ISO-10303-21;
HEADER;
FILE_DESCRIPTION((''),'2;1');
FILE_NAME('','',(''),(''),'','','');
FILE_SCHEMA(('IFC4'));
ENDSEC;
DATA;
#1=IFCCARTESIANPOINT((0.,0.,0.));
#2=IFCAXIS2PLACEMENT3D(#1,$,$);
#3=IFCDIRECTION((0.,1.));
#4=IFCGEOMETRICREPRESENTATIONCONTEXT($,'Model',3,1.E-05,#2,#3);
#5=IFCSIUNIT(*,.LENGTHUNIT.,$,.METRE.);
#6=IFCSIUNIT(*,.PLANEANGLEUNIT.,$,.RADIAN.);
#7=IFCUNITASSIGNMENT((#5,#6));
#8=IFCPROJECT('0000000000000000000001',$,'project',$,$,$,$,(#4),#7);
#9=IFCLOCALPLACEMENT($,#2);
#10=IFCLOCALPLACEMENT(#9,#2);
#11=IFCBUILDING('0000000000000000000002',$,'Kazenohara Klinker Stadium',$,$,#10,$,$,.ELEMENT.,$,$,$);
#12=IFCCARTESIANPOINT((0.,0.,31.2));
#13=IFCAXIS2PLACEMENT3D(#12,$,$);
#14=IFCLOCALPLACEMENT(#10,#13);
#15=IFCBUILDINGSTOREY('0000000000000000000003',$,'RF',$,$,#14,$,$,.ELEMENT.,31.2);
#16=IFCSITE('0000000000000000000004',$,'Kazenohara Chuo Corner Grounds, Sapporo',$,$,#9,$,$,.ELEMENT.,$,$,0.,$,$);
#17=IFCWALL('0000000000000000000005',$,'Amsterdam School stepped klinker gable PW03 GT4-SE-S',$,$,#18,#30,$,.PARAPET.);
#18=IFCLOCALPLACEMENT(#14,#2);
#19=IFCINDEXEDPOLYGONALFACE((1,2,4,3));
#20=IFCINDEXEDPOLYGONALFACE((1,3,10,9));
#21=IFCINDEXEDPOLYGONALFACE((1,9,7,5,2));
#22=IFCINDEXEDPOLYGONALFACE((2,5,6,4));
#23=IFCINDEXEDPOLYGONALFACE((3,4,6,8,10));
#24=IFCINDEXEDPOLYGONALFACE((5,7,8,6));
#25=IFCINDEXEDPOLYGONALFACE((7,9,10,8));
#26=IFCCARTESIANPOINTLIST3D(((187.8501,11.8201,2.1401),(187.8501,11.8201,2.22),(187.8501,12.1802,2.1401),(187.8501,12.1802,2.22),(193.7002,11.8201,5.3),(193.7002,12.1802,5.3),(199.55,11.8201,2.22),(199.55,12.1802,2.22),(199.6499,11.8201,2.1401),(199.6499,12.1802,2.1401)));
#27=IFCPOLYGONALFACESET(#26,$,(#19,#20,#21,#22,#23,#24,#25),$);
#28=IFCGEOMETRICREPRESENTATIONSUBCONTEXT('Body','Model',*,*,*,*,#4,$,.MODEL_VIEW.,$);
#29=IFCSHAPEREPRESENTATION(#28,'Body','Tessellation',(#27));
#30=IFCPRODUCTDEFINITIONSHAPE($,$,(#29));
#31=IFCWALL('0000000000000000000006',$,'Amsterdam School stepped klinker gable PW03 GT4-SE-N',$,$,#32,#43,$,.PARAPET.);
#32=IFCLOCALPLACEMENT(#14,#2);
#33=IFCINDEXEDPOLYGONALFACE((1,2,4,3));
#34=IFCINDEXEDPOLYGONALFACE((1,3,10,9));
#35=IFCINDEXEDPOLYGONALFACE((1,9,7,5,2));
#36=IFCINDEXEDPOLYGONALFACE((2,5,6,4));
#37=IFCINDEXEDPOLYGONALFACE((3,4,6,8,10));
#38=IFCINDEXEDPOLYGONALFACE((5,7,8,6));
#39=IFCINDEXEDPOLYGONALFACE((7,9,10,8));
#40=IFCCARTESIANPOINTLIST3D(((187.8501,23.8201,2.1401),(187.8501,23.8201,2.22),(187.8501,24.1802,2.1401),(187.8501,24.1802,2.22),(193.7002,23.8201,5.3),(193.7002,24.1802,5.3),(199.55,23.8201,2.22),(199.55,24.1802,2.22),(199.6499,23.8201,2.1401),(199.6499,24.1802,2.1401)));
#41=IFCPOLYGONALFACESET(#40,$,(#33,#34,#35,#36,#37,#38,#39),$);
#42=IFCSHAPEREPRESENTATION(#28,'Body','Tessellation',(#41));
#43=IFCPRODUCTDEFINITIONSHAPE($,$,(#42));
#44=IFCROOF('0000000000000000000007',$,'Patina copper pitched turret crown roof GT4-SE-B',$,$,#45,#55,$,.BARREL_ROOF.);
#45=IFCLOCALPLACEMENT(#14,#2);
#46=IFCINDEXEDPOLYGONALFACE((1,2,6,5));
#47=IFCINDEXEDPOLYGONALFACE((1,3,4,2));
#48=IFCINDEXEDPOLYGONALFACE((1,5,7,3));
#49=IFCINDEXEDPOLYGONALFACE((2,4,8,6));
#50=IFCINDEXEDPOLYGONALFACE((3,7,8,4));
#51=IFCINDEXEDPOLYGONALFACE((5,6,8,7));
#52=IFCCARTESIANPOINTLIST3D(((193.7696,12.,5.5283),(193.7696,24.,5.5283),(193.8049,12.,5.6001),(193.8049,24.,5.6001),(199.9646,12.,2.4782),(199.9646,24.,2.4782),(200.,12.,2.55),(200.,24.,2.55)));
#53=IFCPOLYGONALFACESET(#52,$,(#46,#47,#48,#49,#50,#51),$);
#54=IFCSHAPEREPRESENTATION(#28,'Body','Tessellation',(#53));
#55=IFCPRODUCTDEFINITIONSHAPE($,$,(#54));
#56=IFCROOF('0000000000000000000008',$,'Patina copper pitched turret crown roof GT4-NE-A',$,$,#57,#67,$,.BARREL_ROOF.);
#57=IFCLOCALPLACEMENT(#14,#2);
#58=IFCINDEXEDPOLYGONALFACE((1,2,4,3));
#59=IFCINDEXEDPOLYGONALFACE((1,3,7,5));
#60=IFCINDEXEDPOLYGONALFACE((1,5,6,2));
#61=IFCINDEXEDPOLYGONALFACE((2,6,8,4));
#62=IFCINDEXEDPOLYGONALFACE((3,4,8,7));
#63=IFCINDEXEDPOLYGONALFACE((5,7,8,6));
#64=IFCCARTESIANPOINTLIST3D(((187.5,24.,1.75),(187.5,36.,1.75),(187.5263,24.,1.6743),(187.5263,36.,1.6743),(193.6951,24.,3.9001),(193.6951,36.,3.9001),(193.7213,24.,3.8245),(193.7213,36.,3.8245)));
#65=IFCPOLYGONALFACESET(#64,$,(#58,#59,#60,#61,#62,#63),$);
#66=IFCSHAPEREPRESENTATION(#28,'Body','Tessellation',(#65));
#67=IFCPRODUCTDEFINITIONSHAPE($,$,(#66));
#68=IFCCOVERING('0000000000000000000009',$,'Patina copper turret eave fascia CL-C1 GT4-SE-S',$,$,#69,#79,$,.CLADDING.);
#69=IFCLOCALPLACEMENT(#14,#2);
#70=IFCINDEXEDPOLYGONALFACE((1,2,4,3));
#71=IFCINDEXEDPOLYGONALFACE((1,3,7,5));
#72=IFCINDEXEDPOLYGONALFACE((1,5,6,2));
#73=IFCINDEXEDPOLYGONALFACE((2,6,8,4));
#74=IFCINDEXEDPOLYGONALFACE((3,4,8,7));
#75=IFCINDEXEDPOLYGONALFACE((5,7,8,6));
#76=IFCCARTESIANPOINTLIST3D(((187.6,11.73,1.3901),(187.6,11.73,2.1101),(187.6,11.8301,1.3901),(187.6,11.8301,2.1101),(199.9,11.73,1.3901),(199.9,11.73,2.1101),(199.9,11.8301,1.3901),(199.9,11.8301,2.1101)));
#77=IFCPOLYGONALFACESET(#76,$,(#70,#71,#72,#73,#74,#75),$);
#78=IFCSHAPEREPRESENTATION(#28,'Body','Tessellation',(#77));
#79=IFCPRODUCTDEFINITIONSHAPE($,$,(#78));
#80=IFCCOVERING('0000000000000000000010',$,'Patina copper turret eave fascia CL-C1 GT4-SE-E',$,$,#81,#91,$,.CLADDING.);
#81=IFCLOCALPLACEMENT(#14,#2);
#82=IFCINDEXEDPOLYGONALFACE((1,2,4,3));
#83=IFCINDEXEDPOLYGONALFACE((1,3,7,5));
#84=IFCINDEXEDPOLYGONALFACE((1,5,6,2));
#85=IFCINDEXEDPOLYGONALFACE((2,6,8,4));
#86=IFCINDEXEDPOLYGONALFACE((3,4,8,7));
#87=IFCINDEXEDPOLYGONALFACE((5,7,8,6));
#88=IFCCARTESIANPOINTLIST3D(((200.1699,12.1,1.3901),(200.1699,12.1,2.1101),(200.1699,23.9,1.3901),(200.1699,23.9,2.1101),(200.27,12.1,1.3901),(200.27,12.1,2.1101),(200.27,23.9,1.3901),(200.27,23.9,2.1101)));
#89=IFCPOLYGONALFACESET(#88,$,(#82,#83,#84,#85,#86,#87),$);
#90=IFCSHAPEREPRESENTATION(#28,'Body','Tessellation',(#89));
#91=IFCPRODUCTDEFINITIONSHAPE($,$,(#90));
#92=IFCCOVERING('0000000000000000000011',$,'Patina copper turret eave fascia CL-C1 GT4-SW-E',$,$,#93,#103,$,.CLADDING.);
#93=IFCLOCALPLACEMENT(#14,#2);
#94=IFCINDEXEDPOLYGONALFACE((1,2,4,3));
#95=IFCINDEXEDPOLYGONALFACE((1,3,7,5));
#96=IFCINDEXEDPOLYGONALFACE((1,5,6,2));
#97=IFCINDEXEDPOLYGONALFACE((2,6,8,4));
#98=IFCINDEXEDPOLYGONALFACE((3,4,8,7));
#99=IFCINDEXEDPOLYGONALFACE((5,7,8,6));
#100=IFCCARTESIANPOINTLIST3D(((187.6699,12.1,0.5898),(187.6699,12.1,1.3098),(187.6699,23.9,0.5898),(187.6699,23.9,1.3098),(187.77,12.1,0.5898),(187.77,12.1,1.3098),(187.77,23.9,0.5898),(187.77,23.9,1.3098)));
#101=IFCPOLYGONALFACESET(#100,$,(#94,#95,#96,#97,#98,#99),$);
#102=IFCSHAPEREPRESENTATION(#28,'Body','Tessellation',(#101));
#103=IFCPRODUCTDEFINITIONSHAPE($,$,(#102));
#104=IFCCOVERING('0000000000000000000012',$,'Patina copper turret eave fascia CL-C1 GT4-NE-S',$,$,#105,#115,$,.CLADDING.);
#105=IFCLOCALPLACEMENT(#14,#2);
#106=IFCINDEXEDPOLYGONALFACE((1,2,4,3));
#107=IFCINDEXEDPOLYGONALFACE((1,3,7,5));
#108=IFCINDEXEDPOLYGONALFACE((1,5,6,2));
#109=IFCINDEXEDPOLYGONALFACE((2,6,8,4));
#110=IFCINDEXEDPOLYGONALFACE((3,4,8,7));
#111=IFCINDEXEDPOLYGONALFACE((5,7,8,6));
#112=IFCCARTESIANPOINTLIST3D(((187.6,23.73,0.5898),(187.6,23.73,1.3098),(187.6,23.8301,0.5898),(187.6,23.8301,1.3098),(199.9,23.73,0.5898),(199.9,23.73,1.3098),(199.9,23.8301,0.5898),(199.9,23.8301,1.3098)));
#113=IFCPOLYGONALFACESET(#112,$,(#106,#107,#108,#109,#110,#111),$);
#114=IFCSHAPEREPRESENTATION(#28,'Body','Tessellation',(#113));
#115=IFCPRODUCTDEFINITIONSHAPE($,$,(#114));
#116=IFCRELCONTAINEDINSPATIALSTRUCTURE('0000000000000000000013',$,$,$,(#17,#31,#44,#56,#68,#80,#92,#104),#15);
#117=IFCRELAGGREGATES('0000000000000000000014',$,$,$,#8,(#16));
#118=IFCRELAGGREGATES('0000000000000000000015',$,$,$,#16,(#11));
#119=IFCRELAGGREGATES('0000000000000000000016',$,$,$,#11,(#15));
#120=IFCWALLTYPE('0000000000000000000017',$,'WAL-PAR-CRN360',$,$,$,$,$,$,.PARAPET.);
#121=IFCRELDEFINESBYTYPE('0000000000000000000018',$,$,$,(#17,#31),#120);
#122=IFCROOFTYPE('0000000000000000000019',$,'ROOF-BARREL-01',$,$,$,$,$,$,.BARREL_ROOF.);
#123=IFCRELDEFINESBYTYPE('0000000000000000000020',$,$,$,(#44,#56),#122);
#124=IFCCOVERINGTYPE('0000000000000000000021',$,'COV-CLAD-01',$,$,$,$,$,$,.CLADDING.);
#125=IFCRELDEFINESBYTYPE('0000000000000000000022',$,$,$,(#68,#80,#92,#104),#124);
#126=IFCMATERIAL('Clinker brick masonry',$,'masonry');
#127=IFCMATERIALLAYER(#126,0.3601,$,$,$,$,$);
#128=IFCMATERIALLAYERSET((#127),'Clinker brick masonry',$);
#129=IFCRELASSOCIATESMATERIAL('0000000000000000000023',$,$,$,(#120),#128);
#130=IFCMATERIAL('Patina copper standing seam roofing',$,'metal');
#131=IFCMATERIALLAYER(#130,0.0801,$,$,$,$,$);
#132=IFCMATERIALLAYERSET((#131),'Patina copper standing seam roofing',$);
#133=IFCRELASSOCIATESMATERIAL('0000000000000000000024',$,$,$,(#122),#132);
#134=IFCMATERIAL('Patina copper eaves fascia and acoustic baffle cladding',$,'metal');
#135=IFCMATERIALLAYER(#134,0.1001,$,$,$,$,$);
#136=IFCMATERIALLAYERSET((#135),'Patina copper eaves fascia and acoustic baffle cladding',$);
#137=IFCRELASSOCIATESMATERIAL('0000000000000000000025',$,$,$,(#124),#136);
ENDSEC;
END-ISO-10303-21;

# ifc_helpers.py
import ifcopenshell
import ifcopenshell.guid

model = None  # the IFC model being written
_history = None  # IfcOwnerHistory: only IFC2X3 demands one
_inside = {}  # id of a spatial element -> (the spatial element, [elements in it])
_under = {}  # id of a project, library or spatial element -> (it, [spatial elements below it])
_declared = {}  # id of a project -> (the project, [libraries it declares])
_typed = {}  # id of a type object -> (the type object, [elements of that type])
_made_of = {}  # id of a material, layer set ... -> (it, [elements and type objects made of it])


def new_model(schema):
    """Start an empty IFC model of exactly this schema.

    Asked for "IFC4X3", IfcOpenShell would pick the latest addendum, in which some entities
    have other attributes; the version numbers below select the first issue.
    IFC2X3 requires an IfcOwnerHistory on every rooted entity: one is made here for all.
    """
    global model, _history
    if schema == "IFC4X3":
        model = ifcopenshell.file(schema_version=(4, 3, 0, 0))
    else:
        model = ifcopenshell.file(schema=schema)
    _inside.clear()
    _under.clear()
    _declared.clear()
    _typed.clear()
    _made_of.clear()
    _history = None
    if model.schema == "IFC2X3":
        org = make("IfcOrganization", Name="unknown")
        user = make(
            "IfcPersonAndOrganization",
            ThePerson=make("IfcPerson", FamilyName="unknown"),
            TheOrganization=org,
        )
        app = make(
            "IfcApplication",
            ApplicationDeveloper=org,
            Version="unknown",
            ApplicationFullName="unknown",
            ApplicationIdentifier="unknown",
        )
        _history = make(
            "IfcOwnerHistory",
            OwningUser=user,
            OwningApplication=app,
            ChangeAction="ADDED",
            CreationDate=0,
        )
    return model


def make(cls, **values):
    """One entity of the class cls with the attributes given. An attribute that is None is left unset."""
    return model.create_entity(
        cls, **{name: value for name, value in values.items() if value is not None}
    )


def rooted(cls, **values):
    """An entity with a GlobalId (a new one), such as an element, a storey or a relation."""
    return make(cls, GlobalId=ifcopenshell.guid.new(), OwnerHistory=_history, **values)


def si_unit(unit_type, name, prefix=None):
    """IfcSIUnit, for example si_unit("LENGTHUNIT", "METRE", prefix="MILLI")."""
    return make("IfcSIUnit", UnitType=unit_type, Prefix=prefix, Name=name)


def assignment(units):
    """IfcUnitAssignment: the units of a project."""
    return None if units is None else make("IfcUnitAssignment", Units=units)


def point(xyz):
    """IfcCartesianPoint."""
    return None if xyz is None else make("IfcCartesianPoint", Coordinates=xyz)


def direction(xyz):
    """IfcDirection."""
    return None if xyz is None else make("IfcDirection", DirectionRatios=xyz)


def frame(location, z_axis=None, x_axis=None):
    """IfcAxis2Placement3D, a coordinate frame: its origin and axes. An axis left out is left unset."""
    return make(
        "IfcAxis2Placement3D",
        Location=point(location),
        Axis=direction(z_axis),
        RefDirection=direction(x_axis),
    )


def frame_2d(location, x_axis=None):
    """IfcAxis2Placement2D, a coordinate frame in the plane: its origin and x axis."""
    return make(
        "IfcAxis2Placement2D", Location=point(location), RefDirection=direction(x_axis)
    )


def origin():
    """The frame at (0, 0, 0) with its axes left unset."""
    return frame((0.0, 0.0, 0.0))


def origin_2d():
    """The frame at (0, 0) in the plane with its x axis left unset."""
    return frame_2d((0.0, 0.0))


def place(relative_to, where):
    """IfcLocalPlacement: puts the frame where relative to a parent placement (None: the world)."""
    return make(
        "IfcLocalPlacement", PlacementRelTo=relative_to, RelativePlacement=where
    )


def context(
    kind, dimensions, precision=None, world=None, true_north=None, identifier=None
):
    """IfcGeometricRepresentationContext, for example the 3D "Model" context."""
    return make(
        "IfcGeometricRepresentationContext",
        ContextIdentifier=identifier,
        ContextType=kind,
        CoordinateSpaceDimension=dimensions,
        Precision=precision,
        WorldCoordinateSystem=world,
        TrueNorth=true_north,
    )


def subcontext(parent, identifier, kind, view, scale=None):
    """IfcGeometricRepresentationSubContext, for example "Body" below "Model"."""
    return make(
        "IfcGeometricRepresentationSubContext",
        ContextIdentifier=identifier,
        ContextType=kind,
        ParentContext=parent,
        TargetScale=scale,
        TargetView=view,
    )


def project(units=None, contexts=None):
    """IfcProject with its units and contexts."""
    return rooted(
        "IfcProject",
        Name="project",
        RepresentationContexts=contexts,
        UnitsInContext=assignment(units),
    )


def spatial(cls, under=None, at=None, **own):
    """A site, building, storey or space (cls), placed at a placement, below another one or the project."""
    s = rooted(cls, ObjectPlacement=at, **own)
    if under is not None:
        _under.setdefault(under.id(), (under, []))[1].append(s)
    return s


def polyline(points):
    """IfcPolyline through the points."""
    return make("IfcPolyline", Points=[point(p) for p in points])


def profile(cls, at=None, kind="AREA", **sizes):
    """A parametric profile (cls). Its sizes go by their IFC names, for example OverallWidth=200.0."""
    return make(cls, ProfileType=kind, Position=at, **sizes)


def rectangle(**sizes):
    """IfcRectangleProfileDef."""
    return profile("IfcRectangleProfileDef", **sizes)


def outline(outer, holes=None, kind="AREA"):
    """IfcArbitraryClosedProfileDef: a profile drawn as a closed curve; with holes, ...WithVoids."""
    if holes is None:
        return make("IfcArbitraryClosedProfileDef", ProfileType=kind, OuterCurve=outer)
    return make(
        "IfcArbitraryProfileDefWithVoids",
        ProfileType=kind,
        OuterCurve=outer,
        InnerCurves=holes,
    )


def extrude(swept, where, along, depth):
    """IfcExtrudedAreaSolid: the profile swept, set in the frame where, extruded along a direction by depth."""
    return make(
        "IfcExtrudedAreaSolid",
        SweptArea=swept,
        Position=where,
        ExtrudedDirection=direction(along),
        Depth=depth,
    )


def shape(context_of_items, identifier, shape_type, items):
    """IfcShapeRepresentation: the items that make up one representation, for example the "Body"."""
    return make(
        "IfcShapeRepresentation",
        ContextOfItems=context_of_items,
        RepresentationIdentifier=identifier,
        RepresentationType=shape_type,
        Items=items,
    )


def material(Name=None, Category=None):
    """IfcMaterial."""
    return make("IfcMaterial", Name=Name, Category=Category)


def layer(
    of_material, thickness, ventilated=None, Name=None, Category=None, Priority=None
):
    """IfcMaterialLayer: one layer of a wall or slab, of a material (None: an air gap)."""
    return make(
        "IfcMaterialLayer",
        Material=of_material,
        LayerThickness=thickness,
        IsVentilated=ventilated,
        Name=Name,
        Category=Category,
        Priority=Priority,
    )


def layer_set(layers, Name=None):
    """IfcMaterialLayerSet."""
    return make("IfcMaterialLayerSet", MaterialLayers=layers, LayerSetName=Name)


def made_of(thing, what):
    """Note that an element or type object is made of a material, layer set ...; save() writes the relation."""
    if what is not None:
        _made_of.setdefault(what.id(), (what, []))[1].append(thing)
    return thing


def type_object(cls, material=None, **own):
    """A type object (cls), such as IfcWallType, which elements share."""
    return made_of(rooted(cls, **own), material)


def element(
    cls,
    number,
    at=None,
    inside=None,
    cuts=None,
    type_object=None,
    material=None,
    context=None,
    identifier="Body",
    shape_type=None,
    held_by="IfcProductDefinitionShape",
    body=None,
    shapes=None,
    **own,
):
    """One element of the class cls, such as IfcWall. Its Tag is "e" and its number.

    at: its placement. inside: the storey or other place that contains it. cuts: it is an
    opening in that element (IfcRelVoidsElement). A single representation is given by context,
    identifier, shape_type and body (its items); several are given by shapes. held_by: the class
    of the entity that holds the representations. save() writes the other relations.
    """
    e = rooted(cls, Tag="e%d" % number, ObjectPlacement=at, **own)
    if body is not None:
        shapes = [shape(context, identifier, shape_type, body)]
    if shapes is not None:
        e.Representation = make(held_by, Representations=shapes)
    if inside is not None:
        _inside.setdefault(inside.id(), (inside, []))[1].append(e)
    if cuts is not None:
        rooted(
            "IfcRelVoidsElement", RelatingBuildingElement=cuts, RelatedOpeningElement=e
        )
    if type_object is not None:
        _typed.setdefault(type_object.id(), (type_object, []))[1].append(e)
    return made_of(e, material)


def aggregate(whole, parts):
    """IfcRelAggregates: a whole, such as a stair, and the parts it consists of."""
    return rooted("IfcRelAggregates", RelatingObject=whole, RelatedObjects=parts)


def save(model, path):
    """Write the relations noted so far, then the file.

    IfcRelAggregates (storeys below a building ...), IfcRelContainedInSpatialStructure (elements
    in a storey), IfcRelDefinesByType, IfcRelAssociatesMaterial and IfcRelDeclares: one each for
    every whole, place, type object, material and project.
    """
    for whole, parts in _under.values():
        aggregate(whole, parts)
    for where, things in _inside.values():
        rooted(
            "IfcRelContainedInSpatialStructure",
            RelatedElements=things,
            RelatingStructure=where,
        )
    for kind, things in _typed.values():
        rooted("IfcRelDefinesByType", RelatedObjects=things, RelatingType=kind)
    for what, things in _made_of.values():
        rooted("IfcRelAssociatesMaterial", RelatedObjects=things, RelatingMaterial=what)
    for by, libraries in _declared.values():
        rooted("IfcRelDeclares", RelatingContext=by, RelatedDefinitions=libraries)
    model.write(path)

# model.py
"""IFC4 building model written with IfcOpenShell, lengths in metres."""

from ifc_helpers import new_model, si_unit, direction, frame, origin, origin_2d, place, context, subcontext, project, spatial, polyline, rectangle, outline, extrude, material, layer, layer_set, type_object, element, save


model = new_model("IFC4")

# Units and contexts
model_context = context("Model", 3, precision=1e-05, world=origin(), true_north=direction((0.0, 1.0)))
body_context = subcontext(model_context, "Body", "Model", "MODEL_VIEW")
ifc_project = project(units=[si_unit("LENGTHUNIT", "METRE"), si_unit("PLANEANGLEUNIT", "RADIAN")], contexts=[model_context])

# Site, building, storey
site_placement = place(None, origin())
site = spatial("IfcSite", under=ifc_project, at=site_placement, Name="Kazenohara Chuo Corner Grounds, Sapporo", CompositionType="ELEMENT", RefElevation=0.0)
building_placement = place(site_placement, origin())
building = spatial("IfcBuilding", under=site, at=building_placement, Name="Kazenohara Klinker Stadium", CompositionType="ELEMENT")
storey_placement = place(building_placement, frame((0.0, 0.0, 31.2)))
storey = spatial("IfcBuildingStorey", under=building, at=storey_placement, Name="RF", CompositionType="ELEMENT", Elevation=31.2)

# Walls
ifc_material_1 = material(Name="Clinker brick masonry", Category="masonry")
ifc_layer_1 = layer(ifc_material_1, 0.3601)
ifc_layer_set_1 = layer_set([ifc_layer_1], Name="Clinker brick masonry")
wall_type = type_object("IfcWallType", Name="WAL-PAR-CRN360", PredefinedType="PARAPET", material=ifc_layer_set_1)
for number, where, z_axis, x_axis, name in (
    (1, (187.8501, 12.0, 2.1401), (0.0, 0.0, 1.0), (1.0, 0.0, 0.0), "Amsterdam School stepped klinker gable PW03 GT4-SE-S"),
    (2, (187.8501, 24.0, 2.1401), (0.0, 0.0, 1.0), (1.0, 0.0, 0.0), "Amsterdam School stepped klinker gable PW03 GT4-SE-N"),
):
    element("IfcWall", number, at=place(storey_placement, frame(where, z_axis=z_axis, x_axis=x_axis)), inside=storey, type_object=wall_type, Name=name, PredefinedType="PARAPET", context=body_context, shape_type="SweptSolid", body=[
        extrude(outline(polyline([(0.0, 0.0), (11.7998, 0.0), (11.7, 0.0798), (5.8501, 3.1599), (0.0, 0.0798), (0.0, 0.0)])), frame((0.0, 0.1802, 0.0), z_axis=(0.0, -1.0, 0.0), x_axis=(1.0, 0.0, 0.0)), (0.0, 0.0, 1.0), 0.3601),
    ])

# Roofs
ifc_material_2 = material(Name="Patina copper standing seam roofing", Category="metal")
ifc_layer_2 = layer(ifc_material_2, 0.0801)
ifc_layer_set_2 = layer_set([ifc_layer_2], Name="Patina copper standing seam roofing")
roof_type = type_object("IfcRoofType", Name="ROOF-BARREL-01", PredefinedType="BARREL_ROOF", material=ifc_layer_set_2)
roof_1_placement = place(storey_placement, frame((193.8049, 12.0, 5.6001), z_axis=(0.441704, 0.0, 0.897161), x_axis=(0.897161, 0.0, -0.441704)))
element("IfcRoof", 3, at=roof_1_placement, inside=storey, type_object=roof_type, Name="Patina copper pitched turret crown roof GT4-SE-B", PredefinedType="BARREL_ROOF", context=body_context, shape_type="SweptSolid", body=[
    extrude(outline(polyline([(0.0, 0.0), (6.9052, 0.0), (6.9052, 12.0), (0.0, 12.0), (0.0, 0.0)])), origin(), (0.0, 0.0, -1.0), 0.0801),
])
roof_2_placement = place(storey_placement, frame((187.5, 24.0, 1.75), z_axis=(-0.327887, 0.0, 0.944717), x_axis=(0.944717, 0.0, 0.327887)))
element("IfcRoof", 4, at=roof_2_placement, inside=storey, type_object=roof_type, Name="Patina copper pitched turret crown roof GT4-NE-A", PredefinedType="BARREL_ROOF", context=body_context, shape_type="SweptSolid", body=[
    extrude(outline(polyline([(0.0, 0.0), (6.5576, 0.0), (6.5576, 12.0), (0.0, 12.0), (0.0, 0.0)])), origin(), (0.0, 0.0, -1.0), 0.0801),
])

# Coverings
ifc_material_3 = material(Name="Patina copper eaves fascia and acoustic baffle cladding", Category="metal")
ifc_layer_3 = layer(ifc_material_3, 0.1001)
ifc_layer_set_3 = layer_set([ifc_layer_3], Name="Patina copper eaves fascia and acoustic baffle cladding")
covering_type = type_object("IfcCoveringType", Name="COV-CLAD-01", PredefinedType="CLADDING", material=ifc_layer_set_3)
covering_1_placement = place(storey_placement, frame((193.75, 11.78, 1.3901), z_axis=(0.0, 0.0, 1.0), x_axis=(1.0, 0.0, 0.0)))
element("IfcCovering", 5, at=covering_1_placement, inside=storey, type_object=covering_type, Name="Patina copper turret eave fascia CL-C1 GT4-SE-S", PredefinedType="CLADDING", context=body_context, shape_type="SweptSolid", body=[
    extrude(rectangle(XDim=12.3, YDim=0.1001, at=origin_2d()), origin(), (0.0, 0.0, 1.0), 0.72),
])
for number, where, z_axis, x_axis, name in (
    (6, (200.22, 18.0, 1.3901), (0.0, 0.0, 1.0), (1.0, 0.0, 0.0), "Patina copper turret eave fascia CL-C1 GT4-SE-E"),
    (7, (187.72, 18.0, 0.5898), (0.0, 0.0, 1.0), (1.0, 0.0, 0.0), "Patina copper turret eave fascia CL-C1 GT4-SW-E"),
):
    element("IfcCovering", number, at=place(storey_placement, frame(where, z_axis=z_axis, x_axis=x_axis)), inside=storey, type_object=covering_type, Name=name, PredefinedType="CLADDING", context=body_context, shape_type="SweptSolid", body=[
        extrude(rectangle(XDim=0.1001, YDim=11.8, at=origin_2d()), origin(), (0.0, 0.0, 1.0), 0.72),
    ])
covering_2_placement = place(storey_placement, frame((193.75, 23.78, 0.5898), z_axis=(0.0, 0.0, 1.0), x_axis=(1.0, 0.0, 0.0)))
element("IfcCovering", 8, at=covering_2_placement, inside=storey, type_object=covering_type, Name="Patina copper turret eave fascia CL-C1 GT4-NE-S", PredefinedType="CLADDING", context=body_context, shape_type="SweptSolid", body=[
    extrude(rectangle(XDim=12.3, YDim=0.1001, at=origin_2d()), origin(), (0.0, 0.0, 1.0), 0.72),
])

save(model, "model.ifc")
